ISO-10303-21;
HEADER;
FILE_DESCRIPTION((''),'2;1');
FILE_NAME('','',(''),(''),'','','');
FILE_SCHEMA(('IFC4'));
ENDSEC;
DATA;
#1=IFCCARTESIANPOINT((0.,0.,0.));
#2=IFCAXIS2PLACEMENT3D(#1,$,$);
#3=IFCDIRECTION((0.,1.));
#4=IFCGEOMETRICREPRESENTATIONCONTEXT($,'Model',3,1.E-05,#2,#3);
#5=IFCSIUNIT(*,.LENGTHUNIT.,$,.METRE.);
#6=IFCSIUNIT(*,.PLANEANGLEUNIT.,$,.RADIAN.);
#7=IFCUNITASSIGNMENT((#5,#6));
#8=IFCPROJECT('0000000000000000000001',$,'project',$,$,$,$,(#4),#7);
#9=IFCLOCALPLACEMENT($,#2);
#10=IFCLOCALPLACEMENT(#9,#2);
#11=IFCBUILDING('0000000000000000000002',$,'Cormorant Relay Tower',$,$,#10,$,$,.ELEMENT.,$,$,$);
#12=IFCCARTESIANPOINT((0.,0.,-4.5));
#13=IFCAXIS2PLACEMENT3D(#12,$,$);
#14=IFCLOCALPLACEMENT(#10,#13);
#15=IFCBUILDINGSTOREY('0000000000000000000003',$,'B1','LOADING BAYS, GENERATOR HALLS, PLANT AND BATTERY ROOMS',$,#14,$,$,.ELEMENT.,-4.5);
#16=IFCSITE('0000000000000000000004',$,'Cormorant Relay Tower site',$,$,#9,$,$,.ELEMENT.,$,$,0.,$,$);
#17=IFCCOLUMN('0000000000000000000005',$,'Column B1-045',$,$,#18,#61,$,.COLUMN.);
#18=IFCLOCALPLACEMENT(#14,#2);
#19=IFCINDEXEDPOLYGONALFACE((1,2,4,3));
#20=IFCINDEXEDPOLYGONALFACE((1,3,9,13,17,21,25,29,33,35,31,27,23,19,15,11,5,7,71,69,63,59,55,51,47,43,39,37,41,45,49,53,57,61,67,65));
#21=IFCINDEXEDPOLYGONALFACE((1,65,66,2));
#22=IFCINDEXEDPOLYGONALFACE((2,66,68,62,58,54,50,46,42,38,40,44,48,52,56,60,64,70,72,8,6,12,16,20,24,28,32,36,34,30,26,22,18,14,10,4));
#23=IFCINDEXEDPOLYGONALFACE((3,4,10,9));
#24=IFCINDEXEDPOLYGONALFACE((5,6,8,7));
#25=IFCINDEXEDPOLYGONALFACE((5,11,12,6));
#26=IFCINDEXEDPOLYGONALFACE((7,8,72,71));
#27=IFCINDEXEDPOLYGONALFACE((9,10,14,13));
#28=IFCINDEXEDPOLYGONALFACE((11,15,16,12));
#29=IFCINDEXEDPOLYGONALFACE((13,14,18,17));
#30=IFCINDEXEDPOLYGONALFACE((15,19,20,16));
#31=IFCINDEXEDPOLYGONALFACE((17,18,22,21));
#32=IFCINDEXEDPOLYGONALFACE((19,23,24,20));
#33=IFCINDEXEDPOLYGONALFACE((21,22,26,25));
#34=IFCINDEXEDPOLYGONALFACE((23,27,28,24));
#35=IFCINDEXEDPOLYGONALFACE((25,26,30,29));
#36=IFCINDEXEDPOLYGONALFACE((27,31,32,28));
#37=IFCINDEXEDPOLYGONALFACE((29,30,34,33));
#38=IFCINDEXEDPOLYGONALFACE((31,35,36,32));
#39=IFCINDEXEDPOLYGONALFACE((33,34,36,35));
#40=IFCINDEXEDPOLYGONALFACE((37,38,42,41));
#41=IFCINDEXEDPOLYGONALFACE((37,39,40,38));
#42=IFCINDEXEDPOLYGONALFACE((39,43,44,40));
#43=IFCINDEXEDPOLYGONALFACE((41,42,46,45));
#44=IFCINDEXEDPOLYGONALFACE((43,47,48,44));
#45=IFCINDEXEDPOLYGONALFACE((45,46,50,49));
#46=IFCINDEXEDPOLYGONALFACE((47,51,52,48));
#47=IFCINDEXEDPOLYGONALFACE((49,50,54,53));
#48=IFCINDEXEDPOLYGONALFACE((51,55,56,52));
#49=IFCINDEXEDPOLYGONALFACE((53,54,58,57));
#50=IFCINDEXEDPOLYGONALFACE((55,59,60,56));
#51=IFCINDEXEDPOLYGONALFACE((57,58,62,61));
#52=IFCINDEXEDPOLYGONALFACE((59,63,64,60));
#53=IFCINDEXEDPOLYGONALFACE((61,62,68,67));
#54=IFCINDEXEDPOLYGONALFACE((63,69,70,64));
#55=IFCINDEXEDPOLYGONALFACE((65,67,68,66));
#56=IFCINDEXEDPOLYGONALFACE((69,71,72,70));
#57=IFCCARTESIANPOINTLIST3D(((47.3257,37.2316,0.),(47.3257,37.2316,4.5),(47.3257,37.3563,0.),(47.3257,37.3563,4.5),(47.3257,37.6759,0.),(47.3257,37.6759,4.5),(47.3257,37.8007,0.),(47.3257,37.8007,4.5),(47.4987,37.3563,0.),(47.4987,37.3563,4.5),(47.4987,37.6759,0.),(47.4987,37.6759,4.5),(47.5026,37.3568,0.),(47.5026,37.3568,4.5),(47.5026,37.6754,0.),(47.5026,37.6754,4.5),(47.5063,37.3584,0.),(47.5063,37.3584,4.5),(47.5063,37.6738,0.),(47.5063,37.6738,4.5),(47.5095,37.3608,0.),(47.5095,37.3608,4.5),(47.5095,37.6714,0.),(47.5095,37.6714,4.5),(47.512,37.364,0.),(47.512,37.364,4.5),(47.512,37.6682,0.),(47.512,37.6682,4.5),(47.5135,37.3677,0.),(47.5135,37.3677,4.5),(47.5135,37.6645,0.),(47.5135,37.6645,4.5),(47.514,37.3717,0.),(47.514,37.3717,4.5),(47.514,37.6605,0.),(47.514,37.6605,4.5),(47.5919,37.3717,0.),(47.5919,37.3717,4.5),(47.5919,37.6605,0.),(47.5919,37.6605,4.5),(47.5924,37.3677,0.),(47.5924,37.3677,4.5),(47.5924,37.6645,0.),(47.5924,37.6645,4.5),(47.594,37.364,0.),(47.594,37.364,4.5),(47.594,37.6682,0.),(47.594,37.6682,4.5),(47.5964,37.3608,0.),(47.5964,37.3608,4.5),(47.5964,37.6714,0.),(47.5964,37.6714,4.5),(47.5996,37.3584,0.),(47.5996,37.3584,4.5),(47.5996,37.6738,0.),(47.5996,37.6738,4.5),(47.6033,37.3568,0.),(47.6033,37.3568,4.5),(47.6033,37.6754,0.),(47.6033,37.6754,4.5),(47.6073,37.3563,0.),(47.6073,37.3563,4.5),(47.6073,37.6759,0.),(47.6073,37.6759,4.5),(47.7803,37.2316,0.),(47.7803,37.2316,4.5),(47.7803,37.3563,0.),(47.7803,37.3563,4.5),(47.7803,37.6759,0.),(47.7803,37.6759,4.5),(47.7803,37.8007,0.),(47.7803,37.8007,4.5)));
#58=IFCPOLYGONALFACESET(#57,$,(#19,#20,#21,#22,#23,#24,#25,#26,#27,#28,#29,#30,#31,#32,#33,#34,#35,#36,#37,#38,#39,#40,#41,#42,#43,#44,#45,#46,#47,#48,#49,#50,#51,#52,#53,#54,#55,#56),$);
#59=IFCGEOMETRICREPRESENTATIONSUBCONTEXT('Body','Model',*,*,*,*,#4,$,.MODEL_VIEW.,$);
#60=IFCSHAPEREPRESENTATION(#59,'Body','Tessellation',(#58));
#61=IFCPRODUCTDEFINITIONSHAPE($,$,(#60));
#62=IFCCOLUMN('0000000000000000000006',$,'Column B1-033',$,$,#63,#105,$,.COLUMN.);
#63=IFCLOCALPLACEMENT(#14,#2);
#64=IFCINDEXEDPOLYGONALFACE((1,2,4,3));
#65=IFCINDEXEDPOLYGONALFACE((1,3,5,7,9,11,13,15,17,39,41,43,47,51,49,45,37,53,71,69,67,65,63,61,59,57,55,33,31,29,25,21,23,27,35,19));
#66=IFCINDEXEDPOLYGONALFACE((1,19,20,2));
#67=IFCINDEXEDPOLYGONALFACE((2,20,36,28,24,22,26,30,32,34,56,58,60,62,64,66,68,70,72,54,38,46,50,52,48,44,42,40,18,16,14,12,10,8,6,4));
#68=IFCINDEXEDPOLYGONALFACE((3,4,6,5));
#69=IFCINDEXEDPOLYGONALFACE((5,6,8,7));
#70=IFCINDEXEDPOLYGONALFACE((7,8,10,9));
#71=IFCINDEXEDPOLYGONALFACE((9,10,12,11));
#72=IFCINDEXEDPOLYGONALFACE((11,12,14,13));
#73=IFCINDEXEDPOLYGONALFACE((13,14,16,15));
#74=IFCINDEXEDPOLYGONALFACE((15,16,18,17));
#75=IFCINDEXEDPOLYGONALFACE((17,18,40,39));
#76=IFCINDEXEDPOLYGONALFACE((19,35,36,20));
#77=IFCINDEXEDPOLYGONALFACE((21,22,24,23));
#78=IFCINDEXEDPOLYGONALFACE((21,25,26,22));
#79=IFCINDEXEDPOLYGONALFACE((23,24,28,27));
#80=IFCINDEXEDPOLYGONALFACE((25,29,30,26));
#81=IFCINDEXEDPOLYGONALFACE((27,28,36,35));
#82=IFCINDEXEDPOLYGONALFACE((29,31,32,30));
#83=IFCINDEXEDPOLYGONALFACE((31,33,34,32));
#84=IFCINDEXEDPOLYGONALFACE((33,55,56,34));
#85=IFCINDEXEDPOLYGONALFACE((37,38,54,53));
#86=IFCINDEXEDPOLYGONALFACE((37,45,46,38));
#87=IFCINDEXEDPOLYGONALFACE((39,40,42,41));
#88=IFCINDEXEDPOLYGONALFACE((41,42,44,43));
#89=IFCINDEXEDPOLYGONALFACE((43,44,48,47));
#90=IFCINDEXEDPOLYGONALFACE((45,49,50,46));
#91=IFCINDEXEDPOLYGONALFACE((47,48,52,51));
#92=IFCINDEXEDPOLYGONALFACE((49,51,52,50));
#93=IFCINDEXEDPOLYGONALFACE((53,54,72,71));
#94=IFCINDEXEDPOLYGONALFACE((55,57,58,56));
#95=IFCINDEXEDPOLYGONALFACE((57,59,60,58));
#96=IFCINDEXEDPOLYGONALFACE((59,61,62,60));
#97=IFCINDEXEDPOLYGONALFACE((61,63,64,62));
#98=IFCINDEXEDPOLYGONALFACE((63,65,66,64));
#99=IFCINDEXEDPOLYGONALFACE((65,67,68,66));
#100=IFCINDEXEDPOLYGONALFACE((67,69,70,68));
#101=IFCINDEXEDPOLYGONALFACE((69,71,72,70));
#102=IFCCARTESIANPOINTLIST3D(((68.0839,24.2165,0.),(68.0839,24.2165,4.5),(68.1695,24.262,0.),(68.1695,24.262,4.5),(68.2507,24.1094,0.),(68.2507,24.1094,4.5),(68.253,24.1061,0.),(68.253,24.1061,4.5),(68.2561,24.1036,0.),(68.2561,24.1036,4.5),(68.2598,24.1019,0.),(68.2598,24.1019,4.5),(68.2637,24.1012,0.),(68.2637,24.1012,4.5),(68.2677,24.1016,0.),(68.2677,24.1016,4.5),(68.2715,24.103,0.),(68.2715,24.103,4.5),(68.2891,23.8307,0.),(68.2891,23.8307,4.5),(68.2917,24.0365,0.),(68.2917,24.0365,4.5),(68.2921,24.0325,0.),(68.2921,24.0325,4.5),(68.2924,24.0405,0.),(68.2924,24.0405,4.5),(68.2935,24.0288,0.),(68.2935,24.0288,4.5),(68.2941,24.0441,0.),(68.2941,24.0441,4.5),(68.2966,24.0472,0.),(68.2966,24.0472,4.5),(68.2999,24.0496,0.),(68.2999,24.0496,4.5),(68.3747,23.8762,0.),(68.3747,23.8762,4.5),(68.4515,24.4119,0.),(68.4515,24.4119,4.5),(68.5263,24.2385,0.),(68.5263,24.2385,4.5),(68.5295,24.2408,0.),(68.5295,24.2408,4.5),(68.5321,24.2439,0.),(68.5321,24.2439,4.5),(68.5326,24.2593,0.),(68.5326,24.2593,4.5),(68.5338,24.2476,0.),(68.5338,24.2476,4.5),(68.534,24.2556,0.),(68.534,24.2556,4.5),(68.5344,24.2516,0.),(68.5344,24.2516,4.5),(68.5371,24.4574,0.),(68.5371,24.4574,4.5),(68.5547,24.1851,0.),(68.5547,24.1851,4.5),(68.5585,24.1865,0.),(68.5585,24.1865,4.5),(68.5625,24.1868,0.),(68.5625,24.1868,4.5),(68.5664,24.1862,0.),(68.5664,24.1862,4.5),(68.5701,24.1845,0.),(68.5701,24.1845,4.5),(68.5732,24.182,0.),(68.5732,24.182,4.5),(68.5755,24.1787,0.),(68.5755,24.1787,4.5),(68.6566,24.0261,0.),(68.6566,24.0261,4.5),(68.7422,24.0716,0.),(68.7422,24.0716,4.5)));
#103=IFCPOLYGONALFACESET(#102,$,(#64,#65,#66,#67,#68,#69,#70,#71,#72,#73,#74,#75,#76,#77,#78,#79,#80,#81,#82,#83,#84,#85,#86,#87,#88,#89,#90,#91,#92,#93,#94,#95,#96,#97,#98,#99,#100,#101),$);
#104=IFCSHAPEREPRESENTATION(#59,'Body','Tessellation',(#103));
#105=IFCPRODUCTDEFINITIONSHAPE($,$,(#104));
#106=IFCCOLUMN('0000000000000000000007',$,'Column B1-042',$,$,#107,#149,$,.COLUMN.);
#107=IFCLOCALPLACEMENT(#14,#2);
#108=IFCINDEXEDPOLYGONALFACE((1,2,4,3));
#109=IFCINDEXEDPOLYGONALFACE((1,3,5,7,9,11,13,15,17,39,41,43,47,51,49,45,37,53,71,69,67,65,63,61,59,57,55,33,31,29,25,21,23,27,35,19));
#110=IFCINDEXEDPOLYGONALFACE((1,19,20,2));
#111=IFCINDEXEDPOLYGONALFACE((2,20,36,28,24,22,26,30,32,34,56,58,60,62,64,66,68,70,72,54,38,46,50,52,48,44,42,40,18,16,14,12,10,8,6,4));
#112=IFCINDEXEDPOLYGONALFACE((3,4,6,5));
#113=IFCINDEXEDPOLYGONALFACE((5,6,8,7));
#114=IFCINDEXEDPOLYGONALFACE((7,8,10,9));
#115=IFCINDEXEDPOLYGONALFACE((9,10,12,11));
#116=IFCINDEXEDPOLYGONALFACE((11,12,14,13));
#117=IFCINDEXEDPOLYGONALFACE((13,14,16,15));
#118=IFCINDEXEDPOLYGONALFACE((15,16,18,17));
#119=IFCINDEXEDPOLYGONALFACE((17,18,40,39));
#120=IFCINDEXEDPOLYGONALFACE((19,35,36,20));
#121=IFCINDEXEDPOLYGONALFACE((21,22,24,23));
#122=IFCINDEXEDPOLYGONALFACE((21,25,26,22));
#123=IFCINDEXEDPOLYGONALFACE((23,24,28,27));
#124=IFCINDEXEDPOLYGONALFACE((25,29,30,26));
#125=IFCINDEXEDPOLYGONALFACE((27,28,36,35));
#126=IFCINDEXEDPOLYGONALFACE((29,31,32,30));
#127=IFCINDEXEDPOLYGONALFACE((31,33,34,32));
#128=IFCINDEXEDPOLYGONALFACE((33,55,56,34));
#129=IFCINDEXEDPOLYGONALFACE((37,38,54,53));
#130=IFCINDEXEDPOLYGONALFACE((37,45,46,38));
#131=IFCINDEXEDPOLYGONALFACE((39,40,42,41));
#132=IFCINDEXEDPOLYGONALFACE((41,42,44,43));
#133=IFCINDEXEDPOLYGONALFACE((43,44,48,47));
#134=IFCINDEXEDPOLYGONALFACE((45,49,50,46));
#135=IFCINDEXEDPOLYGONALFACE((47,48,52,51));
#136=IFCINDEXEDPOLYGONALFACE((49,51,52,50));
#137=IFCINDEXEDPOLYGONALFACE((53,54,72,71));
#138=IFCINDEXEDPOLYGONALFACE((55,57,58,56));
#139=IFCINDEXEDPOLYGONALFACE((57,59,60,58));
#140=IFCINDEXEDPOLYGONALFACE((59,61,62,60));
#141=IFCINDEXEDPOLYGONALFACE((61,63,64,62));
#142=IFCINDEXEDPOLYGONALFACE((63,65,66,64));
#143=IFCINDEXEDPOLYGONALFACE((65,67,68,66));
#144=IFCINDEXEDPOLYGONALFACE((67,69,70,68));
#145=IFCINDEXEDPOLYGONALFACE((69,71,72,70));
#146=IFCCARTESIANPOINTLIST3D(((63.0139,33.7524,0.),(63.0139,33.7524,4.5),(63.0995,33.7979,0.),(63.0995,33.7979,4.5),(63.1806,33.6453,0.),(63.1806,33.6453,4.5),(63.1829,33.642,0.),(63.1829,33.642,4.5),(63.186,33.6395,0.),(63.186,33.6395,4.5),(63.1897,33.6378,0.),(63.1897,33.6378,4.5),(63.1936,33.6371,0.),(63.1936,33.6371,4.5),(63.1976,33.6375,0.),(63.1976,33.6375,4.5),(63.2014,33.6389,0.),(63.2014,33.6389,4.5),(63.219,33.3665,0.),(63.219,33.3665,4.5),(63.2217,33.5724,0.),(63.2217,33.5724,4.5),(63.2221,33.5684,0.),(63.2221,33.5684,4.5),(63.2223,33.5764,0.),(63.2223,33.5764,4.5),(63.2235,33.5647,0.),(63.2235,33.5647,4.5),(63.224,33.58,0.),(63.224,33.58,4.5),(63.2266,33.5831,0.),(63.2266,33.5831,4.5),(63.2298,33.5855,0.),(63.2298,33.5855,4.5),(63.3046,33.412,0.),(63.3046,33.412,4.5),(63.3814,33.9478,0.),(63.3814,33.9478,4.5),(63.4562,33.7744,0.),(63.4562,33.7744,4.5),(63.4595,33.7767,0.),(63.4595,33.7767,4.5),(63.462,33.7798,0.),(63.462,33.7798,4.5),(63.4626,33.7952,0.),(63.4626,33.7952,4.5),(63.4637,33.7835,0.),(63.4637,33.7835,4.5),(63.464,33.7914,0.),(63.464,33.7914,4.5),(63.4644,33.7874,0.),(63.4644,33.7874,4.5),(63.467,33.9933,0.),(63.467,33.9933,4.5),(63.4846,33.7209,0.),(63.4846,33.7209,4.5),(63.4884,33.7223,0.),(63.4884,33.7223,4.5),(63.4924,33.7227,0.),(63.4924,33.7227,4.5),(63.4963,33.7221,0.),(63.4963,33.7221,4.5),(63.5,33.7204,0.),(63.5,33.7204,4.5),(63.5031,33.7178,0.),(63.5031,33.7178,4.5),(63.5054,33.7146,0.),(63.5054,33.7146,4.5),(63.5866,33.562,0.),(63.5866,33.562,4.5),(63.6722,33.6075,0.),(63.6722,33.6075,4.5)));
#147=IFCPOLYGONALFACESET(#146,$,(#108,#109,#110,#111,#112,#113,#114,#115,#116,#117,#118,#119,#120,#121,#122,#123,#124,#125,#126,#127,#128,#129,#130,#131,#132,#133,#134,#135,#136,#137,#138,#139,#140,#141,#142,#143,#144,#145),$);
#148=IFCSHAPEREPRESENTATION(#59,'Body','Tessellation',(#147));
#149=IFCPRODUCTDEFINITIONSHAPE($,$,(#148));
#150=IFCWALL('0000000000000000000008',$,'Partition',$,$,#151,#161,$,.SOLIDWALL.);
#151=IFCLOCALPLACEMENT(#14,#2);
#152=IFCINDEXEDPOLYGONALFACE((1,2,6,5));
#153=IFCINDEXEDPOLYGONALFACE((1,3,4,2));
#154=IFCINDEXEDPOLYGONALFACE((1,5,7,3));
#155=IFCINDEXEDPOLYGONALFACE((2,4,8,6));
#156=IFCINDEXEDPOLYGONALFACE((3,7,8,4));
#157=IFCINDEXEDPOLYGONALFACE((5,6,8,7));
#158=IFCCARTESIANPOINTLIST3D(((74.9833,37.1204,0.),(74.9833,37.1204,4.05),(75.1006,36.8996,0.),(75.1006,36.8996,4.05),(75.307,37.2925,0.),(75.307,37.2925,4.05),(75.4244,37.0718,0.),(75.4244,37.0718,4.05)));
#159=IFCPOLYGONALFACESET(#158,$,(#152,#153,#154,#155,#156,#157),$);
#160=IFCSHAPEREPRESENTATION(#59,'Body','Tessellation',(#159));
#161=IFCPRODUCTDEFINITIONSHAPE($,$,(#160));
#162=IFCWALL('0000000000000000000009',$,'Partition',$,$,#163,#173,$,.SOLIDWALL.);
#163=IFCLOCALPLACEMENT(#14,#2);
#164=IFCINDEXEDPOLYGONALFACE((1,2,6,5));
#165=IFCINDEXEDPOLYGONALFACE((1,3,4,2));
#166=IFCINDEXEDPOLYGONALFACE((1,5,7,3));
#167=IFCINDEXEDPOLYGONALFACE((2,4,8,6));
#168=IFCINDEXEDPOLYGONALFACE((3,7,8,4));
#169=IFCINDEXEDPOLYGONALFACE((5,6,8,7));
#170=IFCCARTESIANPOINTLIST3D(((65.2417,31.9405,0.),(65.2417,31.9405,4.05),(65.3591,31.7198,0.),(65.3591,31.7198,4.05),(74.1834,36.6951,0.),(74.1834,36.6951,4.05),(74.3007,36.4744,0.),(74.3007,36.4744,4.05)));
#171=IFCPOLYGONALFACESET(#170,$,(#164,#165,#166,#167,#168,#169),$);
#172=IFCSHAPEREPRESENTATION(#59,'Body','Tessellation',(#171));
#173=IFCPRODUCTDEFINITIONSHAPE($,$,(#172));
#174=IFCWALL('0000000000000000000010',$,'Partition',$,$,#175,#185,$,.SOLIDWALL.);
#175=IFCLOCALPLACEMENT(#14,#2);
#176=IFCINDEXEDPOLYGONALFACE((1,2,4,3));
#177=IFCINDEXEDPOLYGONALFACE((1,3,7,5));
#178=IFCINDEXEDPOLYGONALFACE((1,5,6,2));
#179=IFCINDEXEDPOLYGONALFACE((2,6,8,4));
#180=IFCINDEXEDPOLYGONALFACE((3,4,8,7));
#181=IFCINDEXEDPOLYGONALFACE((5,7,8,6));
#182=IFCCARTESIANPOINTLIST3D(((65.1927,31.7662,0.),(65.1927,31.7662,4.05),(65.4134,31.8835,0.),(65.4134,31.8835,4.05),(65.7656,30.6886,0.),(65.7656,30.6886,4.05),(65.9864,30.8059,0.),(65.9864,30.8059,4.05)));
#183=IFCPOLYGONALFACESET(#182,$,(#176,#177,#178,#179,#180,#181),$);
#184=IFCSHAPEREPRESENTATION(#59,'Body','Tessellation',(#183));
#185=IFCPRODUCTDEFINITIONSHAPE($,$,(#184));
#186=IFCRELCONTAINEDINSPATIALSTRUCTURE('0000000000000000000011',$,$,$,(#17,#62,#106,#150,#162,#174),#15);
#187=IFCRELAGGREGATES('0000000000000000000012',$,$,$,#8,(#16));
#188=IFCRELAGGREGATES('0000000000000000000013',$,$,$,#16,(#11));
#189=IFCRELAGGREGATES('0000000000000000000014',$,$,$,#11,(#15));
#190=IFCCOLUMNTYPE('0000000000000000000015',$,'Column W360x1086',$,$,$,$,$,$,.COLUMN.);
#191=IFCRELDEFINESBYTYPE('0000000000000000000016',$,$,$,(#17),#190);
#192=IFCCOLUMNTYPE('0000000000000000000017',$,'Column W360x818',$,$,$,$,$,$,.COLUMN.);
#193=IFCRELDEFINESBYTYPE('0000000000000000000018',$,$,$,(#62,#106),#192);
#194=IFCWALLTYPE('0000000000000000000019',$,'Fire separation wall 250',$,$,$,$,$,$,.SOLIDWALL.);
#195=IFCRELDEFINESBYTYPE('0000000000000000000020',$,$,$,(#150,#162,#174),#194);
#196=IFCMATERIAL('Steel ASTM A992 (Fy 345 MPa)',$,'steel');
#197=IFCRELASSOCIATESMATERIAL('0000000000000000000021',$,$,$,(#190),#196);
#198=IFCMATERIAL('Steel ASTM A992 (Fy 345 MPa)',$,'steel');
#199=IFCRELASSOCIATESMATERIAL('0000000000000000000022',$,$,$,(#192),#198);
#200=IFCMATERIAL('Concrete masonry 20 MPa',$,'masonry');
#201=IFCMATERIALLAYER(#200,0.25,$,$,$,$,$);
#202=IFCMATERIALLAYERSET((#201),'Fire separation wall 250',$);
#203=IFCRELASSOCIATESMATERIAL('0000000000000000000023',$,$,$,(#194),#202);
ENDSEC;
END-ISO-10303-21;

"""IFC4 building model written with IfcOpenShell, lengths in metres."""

from ifc_helpers import new_model, si_unit, direction, frame, frame_2d, origin, origin_2d, place, context, subcontext, project, spatial, rectangle, i_section, extrude, material, layer, layer_set, material_profile, profile_set, type_object, element, save


model = new_model("IFC4")

# Units and contexts
model_context = context("Model", 3, precision=1e-05, world=origin(), true_north=direction((0.0, 1.0)))
body_context = subcontext(model_context, "Body", "Model", "MODEL_VIEW")
ifc_project = project(units=[si_unit("LENGTHUNIT", "METRE"), si_unit("PLANEANGLEUNIT", "RADIAN")], contexts=[model_context])

# Site, building, storey
site_placement = place(None, origin())
site = spatial("IfcSite", under=ifc_project, at=site_placement, Name="Cormorant Relay Tower site", CompositionType="ELEMENT", RefElevation=0.0)
building_placement = place(site_placement, origin())
building = spatial("IfcBuilding", under=site, at=building_placement, Name="Cormorant Relay Tower", CompositionType="ELEMENT")
storey_placement = place(building_placement, frame((0.0, 0.0, -4.5)))
storey = spatial("IfcBuildingStorey", under=building, at=storey_placement, Name="B1", Description="LOADING BAYS, GENERATOR HALLS, PLANT AND BATTERY ROOMS", CompositionType="ELEMENT", Elevation=-4.5)

# Columns
ifc_material_1 = material(Name="Steel ASTM A992 (Fy 345 MPa)", Category="steel")
ifc_material_profile_1 = material_profile(ifc_material_1, i_section(OverallWidth=0.4546, OverallDepth=0.5691, WebThickness=0.0779, FlangeThickness=0.1248, FilletRadius=0.0154, at=origin_2d()), Name="W360x1086")
ifc_profile_set_1 = profile_set([ifc_material_profile_1], Name="Steel ASTM A992 (Fy 345 MPa)")
column_type_1 = type_object("IfcColumnType", Name="Column W360x1086", PredefinedType="COLUMN", material=ifc_profile_set_1)
for number, where, z_axis, x_axis, name in (
    (1, (47.553, 37.5161, 0.0), (0.0, 0.0, 1.0), (1.0, 0.0, 0.0), "Column B1-045"),
):
    element("IfcColumn", number, at=place(storey_placement, frame(where, z_axis=z_axis, x_axis=x_axis)), inside=storey, type_object=column_type_1, Name=name, PredefinedType="COLUMN", context=body_context, shape_type="SweptSolid", body=[
        extrude(i_section(OverallWidth=0.4546, OverallDepth=0.5691, WebThickness=0.0779, FlangeThickness=0.1248, FilletRadius=0.0154, at=origin_2d()), origin(), (0.0, 0.0, 1.0), 4.5),
    ])
ifc_material_2 = material(Name="Steel ASTM A992 (Fy 345 MPa)", Category="steel")
ifc_material_profile_2 = material_profile(ifc_material_2, i_section(OverallWidth=0.437, OverallDepth=0.5132, WebThickness=0.0605, FlangeThickness=0.0969, FilletRadius=0.0154, at=origin_2d()), Name="W360x818")
ifc_profile_set_2 = profile_set([ifc_material_profile_2], Name="Steel ASTM A992 (Fy 345 MPa)")
column_type_2 = type_object("IfcColumnType", Name="Column W360x818", PredefinedType="COLUMN", material=ifc_profile_set_2)
for number, where, z_axis, x_axis, name in (
    (2, (68.4131, 24.144, 0.0), (0.0, 0.0, 1.0), (-0.469472, 0.882948, 0.0), "Column B1-033"),
    (3, (63.343, 33.6799, 0.0), (0.0, 0.0, 1.0), (-0.469472, 0.882948, 0.0), "Column B1-042"),
):
    element("IfcColumn", number, at=place(storey_placement, frame(where, z_axis=z_axis, x_axis=x_axis)), inside=storey, type_object=column_type_2, Name=name, PredefinedType="COLUMN", context=body_context, shape_type="SweptSolid", body=[
        extrude(i_section(OverallWidth=0.437, OverallDepth=0.5132, WebThickness=0.0605, FlangeThickness=0.0969, FilletRadius=0.0154, at=origin_2d()), origin(), (0.0, 0.0, 1.0), 4.5),
    ])

# Walls
ifc_material_3 = material(Name="Concrete masonry 20 MPa", Category="masonry")
ifc_layer_1 = layer(ifc_material_3, 0.25)
ifc_layer_set_1 = layer_set([ifc_layer_1], Name="Fire separation wall 250")
wall_type_1 = type_object("IfcWallType", Name="Fire separation wall 250", PredefinedType="SOLIDWALL", material=ifc_layer_set_1)
wall_1_placement = place(storey_placement, frame((75.3657, 37.1821, 0.0), z_axis=(0.0, 0.0, 1.0), x_axis=(-0.88296, -0.469447, 0.0)))
element("IfcWall", 4, at=wall_1_placement, inside=storey, type_object=wall_type_1, Name="Partition", PredefinedType="SOLIDWALL", context=body_context, shape_type="SweptSolid", body=[
    extrude(rectangle(XDim=0.3667, YDim=0.25, at=frame_2d((0.1833, 0.0))), origin(), (0.0, 0.0, 1.0), 4.05),
])
wall_2_placement = place(storey_placement, frame((74.2419, 36.5847, 0.0), z_axis=(0.0, 0.0, 1.0), x_axis=(-0.882936, -0.469493, 0.0)))
element("IfcWall", 5, at=wall_2_placement, inside=storey, type_object=wall_type_1, Name="Partition", PredefinedType="SOLIDWALL", context=body_context, shape_type="SweptSolid", body=[
    extrude(rectangle(XDim=10.1272, YDim=0.25, at=frame_2d((5.0635, 0.0))), origin(), (0.0, 0.0, 1.0), 4.05),
])
wall_3_placement = place(storey_placement, frame((65.303, 31.825, 0.0), z_axis=(0.0, 0.0, 1.0), x_axis=(0.469477, -0.882945, 0.0)))
element("IfcWall", 6, at=wall_3_placement, inside=storey, type_object=wall_type_1, Name="Partition", PredefinedType="SOLIDWALL", context=body_context, shape_type="SweptSolid", body=[
    extrude(rectangle(XDim=1.2205, YDim=0.25, at=frame_2d((0.6104, 0.0))), origin(), (0.0, 0.0, 1.0), 4.05),
])

save(model, "model.ifc")
